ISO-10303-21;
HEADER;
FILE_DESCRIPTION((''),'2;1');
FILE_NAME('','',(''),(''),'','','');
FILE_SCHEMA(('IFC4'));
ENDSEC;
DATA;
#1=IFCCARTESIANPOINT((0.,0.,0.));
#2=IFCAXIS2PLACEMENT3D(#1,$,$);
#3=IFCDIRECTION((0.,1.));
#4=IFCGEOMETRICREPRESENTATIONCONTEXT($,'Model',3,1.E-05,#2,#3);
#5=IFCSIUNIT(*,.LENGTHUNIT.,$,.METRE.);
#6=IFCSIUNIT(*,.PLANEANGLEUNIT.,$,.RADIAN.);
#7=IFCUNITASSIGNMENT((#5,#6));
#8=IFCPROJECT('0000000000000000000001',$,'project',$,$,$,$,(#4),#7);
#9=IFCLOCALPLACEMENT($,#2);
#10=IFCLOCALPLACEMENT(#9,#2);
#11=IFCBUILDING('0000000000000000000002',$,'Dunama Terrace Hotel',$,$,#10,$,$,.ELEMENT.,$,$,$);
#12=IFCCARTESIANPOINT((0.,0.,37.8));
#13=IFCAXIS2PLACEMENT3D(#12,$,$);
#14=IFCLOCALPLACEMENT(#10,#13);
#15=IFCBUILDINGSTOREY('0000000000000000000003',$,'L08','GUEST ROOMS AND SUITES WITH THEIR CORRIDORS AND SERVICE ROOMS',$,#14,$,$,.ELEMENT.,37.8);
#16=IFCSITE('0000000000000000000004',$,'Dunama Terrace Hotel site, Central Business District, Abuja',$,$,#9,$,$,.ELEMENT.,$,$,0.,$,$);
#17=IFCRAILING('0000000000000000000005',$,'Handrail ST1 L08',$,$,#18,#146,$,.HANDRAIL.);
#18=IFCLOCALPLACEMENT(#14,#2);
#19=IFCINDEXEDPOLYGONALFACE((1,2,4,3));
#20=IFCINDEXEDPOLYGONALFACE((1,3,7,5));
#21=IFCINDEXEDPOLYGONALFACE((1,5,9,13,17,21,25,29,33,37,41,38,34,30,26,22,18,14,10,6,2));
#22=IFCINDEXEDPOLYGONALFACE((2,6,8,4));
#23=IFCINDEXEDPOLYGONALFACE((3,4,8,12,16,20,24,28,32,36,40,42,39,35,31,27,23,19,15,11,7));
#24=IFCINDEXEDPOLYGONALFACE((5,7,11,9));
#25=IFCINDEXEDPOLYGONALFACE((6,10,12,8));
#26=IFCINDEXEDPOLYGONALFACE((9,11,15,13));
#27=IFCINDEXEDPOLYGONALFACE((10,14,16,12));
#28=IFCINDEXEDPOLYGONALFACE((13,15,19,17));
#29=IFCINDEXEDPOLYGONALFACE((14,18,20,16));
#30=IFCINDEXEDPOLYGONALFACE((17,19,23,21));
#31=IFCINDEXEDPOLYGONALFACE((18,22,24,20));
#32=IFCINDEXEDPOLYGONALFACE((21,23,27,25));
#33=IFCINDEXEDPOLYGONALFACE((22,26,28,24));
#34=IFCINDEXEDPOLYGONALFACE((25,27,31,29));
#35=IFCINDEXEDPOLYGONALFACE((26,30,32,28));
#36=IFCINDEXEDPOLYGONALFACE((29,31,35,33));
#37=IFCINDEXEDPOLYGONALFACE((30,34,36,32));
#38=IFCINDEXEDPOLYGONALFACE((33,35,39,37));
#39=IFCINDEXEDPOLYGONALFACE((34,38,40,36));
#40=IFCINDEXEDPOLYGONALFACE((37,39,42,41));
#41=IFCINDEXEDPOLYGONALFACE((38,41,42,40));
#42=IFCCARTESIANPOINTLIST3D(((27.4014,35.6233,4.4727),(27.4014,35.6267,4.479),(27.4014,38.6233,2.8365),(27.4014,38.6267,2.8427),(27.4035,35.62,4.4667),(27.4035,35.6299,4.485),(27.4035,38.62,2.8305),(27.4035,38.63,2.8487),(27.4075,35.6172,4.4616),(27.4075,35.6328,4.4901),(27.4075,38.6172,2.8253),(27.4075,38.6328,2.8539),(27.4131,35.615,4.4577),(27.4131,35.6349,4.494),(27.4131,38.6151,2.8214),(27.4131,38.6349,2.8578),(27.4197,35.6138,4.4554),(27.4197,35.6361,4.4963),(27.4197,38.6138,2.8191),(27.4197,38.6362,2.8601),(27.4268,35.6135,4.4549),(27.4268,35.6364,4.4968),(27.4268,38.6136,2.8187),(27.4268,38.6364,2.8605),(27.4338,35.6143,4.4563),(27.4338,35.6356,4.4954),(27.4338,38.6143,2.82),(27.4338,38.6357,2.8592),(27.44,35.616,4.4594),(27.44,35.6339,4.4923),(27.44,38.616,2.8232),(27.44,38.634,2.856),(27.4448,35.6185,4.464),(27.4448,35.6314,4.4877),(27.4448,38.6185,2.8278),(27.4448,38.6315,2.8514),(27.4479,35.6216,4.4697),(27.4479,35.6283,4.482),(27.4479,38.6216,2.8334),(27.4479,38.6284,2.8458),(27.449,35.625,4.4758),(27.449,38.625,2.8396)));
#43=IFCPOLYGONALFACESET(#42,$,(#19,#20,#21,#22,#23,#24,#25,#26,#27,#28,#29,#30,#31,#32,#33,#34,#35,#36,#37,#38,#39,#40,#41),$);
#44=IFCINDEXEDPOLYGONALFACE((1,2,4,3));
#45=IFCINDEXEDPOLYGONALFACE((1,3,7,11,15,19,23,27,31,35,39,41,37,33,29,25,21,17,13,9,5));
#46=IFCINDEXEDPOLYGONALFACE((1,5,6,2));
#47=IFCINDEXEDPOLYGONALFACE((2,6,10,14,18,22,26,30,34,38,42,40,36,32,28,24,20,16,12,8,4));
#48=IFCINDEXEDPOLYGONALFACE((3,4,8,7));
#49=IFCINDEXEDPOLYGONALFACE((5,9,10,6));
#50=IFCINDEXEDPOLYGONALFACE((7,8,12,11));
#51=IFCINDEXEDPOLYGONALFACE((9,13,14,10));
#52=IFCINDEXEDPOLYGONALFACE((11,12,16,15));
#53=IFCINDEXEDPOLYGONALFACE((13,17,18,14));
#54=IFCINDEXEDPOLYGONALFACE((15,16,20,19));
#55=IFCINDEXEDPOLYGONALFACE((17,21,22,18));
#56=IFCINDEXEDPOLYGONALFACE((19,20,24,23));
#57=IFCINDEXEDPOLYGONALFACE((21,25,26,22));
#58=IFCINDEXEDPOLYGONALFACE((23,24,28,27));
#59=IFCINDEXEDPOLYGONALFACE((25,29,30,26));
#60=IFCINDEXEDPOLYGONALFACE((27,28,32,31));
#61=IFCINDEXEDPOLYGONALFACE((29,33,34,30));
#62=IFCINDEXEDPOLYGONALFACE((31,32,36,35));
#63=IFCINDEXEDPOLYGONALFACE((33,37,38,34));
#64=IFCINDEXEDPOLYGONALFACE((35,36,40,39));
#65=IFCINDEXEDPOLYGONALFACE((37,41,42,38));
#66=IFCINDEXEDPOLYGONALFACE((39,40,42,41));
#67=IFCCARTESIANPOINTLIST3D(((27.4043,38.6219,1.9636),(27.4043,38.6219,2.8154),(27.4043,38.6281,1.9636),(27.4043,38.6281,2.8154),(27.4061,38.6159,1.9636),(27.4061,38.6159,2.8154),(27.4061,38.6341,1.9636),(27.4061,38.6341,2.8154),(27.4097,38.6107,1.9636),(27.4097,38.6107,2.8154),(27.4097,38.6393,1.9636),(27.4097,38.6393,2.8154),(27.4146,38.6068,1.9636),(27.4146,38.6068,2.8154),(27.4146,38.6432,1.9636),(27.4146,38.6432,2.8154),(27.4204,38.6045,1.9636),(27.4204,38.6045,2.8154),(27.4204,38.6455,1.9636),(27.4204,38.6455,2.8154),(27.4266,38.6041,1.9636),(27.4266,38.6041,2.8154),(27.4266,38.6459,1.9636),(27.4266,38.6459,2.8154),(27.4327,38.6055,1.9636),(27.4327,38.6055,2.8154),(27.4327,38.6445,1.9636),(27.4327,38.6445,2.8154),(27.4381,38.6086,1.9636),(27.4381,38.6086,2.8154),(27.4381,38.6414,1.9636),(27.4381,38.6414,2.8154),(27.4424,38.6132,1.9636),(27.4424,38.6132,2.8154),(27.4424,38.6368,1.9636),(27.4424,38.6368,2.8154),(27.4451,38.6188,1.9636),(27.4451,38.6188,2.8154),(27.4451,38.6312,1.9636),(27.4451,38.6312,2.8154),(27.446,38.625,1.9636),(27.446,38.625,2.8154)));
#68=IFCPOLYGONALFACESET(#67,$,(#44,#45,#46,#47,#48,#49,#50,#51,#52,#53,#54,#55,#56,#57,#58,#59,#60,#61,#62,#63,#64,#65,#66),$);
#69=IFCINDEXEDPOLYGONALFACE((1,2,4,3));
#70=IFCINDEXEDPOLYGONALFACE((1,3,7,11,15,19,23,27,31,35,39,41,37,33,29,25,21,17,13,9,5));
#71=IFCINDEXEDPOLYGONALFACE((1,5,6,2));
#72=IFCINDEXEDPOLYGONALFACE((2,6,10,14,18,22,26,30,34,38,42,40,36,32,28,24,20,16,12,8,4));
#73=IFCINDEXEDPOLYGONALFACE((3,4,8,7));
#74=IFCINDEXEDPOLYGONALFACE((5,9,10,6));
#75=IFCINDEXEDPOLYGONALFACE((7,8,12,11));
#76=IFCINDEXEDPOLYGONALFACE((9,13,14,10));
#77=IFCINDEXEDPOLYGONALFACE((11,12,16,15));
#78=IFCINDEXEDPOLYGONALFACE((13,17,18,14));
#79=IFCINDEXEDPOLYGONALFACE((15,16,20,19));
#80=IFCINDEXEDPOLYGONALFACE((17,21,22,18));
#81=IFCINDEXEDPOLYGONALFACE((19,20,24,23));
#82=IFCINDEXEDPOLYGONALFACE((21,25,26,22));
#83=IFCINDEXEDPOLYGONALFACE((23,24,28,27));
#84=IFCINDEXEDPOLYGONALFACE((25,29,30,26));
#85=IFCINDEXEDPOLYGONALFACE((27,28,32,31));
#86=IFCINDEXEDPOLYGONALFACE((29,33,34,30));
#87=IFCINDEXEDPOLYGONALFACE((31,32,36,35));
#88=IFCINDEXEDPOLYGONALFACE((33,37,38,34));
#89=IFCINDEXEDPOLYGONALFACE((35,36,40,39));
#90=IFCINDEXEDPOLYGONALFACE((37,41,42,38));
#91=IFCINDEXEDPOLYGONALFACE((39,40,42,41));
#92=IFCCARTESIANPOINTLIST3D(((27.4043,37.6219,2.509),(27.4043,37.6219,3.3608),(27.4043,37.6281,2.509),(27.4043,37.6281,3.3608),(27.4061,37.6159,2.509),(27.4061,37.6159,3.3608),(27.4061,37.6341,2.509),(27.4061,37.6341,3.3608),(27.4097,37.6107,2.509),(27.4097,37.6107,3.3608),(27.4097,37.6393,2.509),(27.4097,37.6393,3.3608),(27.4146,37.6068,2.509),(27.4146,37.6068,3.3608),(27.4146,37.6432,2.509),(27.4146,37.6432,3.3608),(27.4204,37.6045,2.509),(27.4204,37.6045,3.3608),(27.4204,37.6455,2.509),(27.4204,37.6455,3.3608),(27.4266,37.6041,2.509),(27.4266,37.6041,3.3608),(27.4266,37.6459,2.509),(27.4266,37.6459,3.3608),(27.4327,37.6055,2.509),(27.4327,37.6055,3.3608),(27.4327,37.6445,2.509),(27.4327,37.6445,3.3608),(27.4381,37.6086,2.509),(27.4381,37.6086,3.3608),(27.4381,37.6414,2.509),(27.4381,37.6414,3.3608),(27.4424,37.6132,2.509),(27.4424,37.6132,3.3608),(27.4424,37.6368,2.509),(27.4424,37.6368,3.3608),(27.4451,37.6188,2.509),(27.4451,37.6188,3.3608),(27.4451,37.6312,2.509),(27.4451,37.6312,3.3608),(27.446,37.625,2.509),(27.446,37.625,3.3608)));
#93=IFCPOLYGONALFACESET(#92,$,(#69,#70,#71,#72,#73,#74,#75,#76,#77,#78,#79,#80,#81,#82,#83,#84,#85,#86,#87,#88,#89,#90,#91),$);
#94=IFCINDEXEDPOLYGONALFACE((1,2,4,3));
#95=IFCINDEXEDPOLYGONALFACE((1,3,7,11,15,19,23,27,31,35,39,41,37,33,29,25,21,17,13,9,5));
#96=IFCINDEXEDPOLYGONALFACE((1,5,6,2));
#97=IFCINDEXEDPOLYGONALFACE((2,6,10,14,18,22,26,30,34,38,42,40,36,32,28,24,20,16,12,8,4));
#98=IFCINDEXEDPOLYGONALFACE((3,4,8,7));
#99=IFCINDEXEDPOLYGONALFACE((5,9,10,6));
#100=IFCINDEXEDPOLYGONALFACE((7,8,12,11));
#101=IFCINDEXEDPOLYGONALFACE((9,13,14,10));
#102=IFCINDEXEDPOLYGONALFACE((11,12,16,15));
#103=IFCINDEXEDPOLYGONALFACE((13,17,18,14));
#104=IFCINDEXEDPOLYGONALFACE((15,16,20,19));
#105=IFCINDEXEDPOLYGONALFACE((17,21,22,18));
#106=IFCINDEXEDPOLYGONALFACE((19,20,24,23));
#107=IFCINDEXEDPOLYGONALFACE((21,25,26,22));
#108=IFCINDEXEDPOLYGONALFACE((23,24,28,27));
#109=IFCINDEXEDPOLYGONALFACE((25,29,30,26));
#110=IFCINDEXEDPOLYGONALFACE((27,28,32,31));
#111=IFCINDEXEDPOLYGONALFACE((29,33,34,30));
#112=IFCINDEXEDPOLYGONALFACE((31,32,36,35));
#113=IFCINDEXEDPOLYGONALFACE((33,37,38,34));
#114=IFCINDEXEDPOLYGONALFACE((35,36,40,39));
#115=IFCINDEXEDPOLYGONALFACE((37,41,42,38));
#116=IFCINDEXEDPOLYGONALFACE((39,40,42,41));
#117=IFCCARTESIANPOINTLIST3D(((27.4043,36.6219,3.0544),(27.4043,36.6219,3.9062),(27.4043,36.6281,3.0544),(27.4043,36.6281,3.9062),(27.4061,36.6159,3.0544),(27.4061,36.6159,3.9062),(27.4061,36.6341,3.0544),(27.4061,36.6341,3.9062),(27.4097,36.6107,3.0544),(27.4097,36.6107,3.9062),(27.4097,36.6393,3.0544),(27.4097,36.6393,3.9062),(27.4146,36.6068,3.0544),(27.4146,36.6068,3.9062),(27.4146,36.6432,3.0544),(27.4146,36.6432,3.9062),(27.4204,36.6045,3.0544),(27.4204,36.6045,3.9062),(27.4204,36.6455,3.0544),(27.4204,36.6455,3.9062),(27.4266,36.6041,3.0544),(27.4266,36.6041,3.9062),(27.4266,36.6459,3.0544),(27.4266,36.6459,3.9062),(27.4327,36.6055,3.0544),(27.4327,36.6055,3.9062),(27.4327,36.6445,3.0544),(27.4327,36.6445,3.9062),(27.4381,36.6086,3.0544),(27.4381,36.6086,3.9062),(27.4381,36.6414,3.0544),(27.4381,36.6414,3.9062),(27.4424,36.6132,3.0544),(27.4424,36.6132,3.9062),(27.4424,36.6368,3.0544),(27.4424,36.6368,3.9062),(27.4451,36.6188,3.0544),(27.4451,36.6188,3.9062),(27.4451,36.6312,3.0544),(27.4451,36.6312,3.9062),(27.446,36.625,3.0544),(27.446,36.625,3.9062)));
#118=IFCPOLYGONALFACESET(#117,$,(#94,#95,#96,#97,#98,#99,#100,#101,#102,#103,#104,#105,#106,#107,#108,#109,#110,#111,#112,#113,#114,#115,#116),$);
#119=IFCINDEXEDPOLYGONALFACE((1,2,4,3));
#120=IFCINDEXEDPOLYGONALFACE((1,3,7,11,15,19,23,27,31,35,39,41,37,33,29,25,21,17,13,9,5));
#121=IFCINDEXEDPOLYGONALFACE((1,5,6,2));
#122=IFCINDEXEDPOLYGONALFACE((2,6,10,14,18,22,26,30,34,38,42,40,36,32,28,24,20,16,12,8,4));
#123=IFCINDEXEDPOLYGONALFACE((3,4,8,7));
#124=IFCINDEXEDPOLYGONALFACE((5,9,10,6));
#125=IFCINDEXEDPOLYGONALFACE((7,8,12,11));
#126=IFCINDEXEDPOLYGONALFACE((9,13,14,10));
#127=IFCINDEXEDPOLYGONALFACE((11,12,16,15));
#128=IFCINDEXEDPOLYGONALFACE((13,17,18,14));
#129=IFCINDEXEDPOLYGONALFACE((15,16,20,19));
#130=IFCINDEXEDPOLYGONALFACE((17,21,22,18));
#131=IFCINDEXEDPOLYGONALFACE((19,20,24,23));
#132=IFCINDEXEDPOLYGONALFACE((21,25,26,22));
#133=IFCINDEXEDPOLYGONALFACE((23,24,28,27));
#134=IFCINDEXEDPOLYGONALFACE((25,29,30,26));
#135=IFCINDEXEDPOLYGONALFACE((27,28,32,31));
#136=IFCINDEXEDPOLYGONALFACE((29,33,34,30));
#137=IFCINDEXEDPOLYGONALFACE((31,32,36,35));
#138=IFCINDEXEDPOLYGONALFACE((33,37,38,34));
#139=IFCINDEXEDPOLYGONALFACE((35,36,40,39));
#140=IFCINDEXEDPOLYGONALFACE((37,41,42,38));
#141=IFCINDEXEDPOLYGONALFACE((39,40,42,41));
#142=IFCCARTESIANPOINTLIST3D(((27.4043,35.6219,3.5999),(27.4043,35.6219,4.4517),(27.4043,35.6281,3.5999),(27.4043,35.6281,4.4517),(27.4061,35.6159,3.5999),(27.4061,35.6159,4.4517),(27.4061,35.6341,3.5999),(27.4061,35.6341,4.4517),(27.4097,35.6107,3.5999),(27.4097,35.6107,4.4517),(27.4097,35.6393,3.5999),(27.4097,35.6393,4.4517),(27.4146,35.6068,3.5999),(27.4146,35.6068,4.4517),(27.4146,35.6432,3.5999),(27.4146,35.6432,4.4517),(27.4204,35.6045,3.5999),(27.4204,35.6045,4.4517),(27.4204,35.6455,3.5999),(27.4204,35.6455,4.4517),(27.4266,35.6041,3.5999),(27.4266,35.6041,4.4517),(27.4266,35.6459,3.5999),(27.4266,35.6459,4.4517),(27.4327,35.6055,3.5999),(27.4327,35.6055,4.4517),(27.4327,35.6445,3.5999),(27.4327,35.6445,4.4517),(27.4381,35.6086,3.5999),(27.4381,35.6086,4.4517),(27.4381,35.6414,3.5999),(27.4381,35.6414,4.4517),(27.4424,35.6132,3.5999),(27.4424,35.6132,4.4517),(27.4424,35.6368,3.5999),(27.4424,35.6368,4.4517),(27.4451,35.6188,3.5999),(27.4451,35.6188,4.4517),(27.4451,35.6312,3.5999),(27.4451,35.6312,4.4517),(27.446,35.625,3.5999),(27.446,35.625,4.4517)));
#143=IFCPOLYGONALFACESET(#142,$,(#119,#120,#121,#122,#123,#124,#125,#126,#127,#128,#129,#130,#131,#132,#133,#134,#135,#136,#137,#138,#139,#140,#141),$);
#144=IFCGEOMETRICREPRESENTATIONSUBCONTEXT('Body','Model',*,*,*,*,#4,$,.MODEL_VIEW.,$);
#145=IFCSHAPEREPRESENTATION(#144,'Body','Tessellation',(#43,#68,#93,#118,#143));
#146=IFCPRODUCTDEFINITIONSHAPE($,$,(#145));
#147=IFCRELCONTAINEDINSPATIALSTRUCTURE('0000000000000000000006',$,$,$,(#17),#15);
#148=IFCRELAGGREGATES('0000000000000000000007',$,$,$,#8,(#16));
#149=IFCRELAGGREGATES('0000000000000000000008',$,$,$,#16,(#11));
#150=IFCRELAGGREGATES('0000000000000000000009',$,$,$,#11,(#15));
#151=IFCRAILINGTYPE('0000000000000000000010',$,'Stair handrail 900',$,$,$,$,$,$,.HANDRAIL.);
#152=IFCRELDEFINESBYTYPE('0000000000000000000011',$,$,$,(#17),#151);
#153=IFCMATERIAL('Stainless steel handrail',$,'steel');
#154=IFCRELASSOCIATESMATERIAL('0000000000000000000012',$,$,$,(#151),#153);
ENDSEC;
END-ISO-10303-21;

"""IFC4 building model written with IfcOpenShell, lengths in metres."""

from ifc_helpers import new_model, si_unit, direction, frame, origin, origin_2d, place, context, subcontext, project, spatial, circle, extrude, material, type_object, element, save


model = new_model("IFC4")

# Units and contexts
model_context = context("Model", 3, precision=1e-05, world=origin(), true_north=direction((0.0, 1.0)))
body_context = subcontext(model_context, "Body", "Model", "MODEL_VIEW")
ifc_project = project(units=[si_unit("LENGTHUNIT", "METRE"), si_unit("PLANEANGLEUNIT", "RADIAN")], contexts=[model_context])

# Site, building, storey
site_placement = place(None, origin())
site = spatial("IfcSite", under=ifc_project, at=site_placement, Name="Dunama Terrace Hotel site, Central Business District, Abuja", CompositionType="ELEMENT", RefElevation=0.0)
building_placement = place(site_placement, origin())
building = spatial("IfcBuilding", under=site, at=building_placement, Name="Dunama Terrace Hotel", CompositionType="ELEMENT")
storey_placement = place(building_placement, frame((0.0, 0.0, 37.8)))
storey = spatial("IfcBuildingStorey", under=building, at=storey_placement, Name="L08", Description="GUEST ROOMS AND SUITES WITH THEIR CORRIDORS AND SERVICE ROOMS", CompositionType="ELEMENT", Elevation=37.8)

# Railing
ifc_material_1 = material(Name="Stainless steel handrail", Category="steel")
railing_type = type_object("IfcRailingType", Name="Stair handrail 900", PredefinedType="HANDRAIL", material=ifc_material_1)
railing_1_placement = place(storey_placement, frame((27.425, 38.625, 1.9636)))
element("IfcRailing", 1, at=railing_1_placement, inside=storey, type_object=railing_type, Name="Handrail ST1 L08", PredefinedType="HANDRAIL", context=body_context, shape_type="SweptSolid", body=[
    extrude(circle(Radius=0.0239, at=origin_2d()), frame((0.0, 0.0, 0.876), z_axis=(0.0, -0.877912, 0.478822), x_axis=(1.0, 0.0, 0.0)), (0.0, 0.0, 1.0), 3.4172),
    extrude(circle(Radius=0.021, at=origin_2d()), origin(), (0.0, 0.0, 1.0), 0.8518),
    extrude(circle(Radius=0.021, at=origin_2d()), frame((0.0, -1.0, 0.5454)), (0.0, 0.0, 1.0), 0.8518),
    extrude(circle(Radius=0.021, at=origin_2d()), frame((0.0, -2.0, 1.0908)), (0.0, 0.0, 1.0), 0.8518),
    extrude(circle(Radius=0.021, at=origin_2d()), frame((0.0, -3.0, 1.6362)), (0.0, 0.0, 1.0), 0.8518),
])

save(model, "model.ifc")
